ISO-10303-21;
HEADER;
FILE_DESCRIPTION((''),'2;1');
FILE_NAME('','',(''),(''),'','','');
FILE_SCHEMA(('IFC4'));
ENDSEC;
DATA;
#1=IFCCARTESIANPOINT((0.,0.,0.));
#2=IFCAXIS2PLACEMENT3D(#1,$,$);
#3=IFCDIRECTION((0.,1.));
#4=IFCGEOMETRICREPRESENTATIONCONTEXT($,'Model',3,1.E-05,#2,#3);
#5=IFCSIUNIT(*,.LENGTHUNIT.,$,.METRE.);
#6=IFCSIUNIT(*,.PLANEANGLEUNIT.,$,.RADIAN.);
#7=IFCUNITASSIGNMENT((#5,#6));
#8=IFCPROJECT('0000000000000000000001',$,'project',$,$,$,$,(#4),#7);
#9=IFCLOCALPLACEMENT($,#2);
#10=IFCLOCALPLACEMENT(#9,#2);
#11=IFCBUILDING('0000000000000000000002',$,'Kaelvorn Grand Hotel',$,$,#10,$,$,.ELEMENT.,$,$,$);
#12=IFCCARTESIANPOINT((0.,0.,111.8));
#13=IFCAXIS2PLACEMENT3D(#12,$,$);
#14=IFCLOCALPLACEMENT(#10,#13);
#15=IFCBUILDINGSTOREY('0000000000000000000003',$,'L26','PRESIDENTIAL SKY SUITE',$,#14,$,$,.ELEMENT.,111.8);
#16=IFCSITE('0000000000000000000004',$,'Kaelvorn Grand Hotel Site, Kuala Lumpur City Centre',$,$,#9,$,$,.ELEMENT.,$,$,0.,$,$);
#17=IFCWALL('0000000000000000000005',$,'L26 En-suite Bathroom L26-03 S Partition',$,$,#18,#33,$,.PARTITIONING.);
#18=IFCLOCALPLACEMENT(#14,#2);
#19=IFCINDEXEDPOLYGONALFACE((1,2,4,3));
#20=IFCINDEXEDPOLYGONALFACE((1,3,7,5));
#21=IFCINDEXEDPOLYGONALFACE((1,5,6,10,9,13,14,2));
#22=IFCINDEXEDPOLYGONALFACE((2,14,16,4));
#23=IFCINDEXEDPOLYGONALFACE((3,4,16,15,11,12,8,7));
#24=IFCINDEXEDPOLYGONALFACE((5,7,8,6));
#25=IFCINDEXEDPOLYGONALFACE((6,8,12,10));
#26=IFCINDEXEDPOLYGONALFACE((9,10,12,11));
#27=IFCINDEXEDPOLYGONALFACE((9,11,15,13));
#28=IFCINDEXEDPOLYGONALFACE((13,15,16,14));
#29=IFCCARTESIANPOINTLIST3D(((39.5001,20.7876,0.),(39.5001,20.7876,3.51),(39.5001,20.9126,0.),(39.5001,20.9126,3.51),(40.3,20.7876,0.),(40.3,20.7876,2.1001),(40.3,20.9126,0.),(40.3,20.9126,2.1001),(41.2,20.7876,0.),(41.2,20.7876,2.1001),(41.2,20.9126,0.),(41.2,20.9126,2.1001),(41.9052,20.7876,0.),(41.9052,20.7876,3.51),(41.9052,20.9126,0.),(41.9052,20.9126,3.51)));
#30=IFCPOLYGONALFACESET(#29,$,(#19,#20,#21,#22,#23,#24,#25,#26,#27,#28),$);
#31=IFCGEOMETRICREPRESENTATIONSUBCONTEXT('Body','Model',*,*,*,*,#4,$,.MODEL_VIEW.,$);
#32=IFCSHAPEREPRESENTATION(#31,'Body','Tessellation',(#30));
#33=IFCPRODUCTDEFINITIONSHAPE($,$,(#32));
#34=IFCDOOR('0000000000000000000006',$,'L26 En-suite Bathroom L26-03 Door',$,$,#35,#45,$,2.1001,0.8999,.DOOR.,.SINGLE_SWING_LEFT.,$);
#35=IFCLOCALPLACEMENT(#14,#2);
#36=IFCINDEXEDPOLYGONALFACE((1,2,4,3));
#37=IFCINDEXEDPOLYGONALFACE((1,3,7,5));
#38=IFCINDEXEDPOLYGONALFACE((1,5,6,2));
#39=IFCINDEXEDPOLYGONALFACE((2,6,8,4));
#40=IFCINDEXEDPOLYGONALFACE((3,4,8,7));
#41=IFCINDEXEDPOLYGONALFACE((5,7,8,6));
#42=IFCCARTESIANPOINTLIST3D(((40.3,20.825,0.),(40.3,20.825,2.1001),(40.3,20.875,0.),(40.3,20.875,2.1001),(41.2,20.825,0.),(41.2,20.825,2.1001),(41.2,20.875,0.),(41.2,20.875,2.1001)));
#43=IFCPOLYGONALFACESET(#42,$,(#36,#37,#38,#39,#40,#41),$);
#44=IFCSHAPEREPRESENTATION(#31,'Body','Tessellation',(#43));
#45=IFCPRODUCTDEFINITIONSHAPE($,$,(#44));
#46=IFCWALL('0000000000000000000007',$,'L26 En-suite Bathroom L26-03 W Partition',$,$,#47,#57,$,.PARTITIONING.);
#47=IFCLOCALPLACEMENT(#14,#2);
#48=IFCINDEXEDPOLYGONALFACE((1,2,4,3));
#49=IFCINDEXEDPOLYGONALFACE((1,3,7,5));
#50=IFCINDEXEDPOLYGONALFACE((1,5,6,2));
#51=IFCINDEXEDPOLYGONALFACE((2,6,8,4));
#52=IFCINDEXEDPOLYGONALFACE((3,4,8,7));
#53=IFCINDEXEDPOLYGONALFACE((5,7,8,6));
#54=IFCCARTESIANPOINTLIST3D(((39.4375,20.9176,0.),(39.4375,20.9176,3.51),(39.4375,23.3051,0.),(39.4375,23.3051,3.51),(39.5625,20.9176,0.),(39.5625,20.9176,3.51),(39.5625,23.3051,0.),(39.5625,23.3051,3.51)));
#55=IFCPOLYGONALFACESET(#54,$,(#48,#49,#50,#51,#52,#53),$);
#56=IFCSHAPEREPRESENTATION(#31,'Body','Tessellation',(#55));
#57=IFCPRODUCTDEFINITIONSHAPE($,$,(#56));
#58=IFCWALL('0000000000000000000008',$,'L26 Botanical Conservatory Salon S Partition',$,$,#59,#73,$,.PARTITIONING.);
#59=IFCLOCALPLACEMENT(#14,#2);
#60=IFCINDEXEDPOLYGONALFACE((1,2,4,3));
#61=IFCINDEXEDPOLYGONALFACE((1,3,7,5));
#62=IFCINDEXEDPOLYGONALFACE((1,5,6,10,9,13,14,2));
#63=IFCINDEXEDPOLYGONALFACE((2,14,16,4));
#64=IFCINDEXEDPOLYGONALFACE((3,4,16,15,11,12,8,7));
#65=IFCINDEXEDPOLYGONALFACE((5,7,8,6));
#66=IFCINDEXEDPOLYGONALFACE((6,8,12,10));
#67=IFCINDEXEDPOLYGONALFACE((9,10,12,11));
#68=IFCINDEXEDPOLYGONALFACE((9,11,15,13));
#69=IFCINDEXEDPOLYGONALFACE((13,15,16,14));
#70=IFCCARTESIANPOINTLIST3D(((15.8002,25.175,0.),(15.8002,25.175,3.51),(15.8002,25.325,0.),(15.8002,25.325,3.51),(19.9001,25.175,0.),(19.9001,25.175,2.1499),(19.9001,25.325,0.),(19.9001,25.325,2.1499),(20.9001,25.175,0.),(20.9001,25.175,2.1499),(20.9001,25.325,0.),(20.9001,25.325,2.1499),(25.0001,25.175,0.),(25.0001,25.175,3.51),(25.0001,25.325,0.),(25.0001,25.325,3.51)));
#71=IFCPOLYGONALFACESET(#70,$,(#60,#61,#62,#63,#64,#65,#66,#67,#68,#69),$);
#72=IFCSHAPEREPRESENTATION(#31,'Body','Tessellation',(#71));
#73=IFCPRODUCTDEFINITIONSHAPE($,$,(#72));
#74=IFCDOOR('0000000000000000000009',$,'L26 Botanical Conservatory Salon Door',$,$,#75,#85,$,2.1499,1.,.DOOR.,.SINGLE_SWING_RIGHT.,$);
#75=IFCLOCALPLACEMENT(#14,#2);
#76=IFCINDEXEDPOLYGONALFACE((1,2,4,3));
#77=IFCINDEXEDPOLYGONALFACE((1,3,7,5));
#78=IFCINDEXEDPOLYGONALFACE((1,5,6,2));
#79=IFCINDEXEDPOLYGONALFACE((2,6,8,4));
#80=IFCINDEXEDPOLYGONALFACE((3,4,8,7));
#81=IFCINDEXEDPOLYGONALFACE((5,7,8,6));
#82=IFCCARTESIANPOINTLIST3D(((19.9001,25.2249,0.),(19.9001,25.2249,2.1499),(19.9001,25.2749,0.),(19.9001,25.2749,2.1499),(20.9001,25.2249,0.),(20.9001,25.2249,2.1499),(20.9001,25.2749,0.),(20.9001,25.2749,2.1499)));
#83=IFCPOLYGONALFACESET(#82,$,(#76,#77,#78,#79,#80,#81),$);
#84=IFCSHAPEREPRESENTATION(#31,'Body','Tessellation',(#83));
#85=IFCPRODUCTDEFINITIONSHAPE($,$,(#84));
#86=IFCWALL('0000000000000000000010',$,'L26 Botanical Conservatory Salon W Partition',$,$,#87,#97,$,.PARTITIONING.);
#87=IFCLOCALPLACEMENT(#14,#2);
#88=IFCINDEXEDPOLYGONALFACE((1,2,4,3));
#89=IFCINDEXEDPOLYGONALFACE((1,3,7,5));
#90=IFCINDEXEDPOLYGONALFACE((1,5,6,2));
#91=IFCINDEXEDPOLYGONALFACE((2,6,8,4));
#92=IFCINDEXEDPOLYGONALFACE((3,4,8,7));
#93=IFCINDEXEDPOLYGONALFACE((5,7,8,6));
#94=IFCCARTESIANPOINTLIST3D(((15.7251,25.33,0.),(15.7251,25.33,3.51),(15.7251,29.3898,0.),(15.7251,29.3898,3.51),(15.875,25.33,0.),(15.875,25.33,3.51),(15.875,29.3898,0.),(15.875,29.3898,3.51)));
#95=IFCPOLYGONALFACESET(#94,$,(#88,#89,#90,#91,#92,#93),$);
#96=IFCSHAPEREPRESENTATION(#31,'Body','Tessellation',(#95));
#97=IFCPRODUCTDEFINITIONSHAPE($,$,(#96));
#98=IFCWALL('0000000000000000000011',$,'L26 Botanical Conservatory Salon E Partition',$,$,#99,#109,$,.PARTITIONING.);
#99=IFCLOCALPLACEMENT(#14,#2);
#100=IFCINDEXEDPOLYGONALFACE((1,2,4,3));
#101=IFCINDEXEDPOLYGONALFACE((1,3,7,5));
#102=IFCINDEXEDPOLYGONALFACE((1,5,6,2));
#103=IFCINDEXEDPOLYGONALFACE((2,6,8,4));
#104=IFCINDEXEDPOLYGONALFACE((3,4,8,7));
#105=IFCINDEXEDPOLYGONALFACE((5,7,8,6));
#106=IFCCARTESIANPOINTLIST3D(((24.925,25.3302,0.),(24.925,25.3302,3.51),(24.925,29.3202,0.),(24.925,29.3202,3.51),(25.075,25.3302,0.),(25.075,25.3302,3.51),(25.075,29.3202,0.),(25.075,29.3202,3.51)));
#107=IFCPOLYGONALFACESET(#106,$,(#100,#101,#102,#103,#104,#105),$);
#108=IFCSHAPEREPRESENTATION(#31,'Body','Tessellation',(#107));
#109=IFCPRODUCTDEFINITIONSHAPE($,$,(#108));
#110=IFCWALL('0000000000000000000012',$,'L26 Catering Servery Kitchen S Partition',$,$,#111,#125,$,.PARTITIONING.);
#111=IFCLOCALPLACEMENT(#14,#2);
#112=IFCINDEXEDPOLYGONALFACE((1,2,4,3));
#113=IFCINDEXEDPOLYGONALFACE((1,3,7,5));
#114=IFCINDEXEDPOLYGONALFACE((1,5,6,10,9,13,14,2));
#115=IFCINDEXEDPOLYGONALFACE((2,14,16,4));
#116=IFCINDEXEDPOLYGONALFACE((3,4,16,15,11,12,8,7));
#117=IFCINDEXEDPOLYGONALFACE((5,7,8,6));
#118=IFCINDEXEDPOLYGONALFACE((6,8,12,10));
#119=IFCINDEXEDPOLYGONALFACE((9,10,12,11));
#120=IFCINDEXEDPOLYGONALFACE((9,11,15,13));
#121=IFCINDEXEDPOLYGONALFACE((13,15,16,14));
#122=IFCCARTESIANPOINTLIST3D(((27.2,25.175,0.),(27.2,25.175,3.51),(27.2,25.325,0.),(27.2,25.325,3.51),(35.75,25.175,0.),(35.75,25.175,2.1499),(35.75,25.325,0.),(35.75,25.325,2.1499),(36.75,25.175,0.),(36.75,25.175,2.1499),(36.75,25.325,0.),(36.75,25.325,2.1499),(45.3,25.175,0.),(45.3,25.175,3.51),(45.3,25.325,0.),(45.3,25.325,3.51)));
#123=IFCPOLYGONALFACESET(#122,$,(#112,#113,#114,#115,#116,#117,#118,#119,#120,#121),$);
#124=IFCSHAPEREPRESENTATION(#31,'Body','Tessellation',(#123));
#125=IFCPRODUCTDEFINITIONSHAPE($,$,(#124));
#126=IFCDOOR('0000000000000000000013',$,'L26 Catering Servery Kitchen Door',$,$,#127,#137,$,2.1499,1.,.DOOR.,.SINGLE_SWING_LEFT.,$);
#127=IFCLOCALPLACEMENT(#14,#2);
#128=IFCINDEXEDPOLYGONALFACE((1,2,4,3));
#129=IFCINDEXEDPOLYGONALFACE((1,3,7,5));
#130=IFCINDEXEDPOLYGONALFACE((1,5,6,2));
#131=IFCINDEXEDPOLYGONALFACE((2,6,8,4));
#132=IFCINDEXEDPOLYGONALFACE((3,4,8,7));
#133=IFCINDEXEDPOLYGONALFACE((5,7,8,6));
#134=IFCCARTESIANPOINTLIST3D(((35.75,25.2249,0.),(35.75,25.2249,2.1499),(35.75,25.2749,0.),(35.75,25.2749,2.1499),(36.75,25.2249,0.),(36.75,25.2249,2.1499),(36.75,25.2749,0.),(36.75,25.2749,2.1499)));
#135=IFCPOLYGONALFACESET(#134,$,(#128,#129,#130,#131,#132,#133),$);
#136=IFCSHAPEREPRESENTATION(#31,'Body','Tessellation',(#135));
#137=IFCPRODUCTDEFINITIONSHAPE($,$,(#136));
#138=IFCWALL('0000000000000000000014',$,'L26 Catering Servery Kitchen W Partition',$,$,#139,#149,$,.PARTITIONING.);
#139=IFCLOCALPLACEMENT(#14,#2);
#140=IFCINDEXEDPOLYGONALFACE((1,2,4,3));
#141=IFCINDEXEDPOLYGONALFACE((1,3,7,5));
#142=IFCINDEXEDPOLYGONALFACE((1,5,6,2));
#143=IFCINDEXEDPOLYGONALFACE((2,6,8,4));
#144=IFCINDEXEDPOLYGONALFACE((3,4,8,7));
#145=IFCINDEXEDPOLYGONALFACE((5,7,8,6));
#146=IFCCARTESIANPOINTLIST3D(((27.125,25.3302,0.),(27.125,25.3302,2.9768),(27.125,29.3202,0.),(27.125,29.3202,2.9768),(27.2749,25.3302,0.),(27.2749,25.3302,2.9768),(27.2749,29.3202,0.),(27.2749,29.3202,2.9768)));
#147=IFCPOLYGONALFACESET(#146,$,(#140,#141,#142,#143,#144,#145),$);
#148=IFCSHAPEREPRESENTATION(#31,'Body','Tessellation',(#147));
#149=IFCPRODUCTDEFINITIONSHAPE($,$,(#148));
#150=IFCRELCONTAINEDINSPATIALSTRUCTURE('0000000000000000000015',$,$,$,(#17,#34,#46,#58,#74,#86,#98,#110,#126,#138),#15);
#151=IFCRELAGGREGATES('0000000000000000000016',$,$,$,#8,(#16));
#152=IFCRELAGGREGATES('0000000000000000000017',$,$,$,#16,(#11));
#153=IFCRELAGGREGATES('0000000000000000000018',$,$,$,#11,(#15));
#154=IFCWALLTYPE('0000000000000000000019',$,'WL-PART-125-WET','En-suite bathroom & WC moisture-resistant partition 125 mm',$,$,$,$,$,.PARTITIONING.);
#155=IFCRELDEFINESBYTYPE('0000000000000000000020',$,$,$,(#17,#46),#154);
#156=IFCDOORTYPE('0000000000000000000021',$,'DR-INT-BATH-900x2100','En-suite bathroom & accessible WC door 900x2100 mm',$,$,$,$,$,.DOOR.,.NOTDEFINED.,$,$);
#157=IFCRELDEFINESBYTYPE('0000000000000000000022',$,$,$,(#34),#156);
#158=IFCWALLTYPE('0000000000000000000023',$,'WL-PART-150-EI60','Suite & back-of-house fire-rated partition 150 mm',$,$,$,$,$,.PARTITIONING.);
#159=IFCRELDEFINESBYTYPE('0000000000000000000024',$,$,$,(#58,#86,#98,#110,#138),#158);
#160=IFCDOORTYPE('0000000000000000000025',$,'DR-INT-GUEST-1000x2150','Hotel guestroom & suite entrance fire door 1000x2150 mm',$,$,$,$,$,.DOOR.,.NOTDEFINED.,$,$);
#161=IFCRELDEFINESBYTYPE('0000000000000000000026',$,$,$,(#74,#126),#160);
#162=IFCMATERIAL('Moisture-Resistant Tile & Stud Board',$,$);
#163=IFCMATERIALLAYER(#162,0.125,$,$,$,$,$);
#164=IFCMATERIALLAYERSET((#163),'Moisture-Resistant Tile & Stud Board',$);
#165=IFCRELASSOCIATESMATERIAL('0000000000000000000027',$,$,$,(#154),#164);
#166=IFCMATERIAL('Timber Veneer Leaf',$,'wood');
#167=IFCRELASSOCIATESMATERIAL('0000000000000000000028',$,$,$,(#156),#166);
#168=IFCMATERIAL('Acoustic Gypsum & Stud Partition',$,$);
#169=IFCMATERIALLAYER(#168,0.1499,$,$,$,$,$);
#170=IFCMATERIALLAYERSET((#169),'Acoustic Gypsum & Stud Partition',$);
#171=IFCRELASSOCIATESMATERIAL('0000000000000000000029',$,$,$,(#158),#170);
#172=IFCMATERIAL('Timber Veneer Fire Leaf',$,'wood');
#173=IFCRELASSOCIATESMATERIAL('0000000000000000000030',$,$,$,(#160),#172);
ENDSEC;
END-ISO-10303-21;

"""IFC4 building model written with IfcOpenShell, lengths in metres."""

from ifc_helpers import new_model, si_unit, direction, frame, frame_2d, origin, place, context, subcontext, project, spatial, rectangle, extrude, material, layer, layer_set, type_object, element, fill, save


model = new_model("IFC4")

# Units and contexts
model_context = context("Model", 3, precision=1e-05, world=origin(), true_north=direction((0.0, 1.0)))
body_context = subcontext(model_context, "Body", "Model", "MODEL_VIEW")
ifc_project = project(units=[si_unit("LENGTHUNIT", "METRE"), si_unit("PLANEANGLEUNIT", "RADIAN")], contexts=[model_context])

# Site, building, storey
site_placement = place(None, origin())
site = spatial("IfcSite", under=ifc_project, at=site_placement, Name="Kaelvorn Grand Hotel Site, Kuala Lumpur City Centre", CompositionType="ELEMENT", RefElevation=0.0)
building_placement = place(site_placement, origin())
building = spatial("IfcBuilding", under=site, at=building_placement, Name="Kaelvorn Grand Hotel", CompositionType="ELEMENT")
storey_placement = place(building_placement, frame((0.0, 0.0, 111.8)))
storey = spatial("IfcBuildingStorey", under=building, at=storey_placement, Name="L26", Description="PRESIDENTIAL SKY SUITE", CompositionType="ELEMENT", Elevation=111.8)

# Shared definitions
ifc_material_1 = material(Name="Moisture-Resistant Tile & Stud Board")
ifc_layer_1 = layer(ifc_material_1, 0.125)
ifc_layer_set_1 = layer_set([ifc_layer_1], Name="Moisture-Resistant Tile & Stud Board")
wall_type_1 = type_object("IfcWallType", Name="WL-PART-125-WET", Description="En-suite bathroom & WC moisture-resistant partition 125 mm", PredefinedType="PARTITIONING", material=ifc_layer_set_1)
ifc_material_2 = material(Name="Timber Veneer Leaf", Category="wood")
door_type_1 = type_object("IfcDoorType", Name="DR-INT-BATH-900x2100", Description="En-suite bathroom & accessible WC door 900x2100 mm", OperationType="NOTDEFINED", PredefinedType="DOOR", material=ifc_material_2)

# Wall, opening, door
wall_1_placement = place(storey_placement, frame((39.5, 20.8501, 0.0), z_axis=(0.0, 0.0, 1.0), x_axis=(1.0, 0.0, 0.0)))
wall_1 = element("IfcWall", 1, at=wall_1_placement, inside=storey, type_object=wall_type_1, Name="L26 En-suite Bathroom L26-03 S Partition", PredefinedType="PARTITIONING", context=body_context, shape_type="SweptSolid", body=[
    extrude(rectangle(XDim=2.405, YDim=0.125, at=frame_2d((1.2026, 0.0))), origin(), (0.0, 0.0, 1.0), 3.51),
])
opening_1_placement = place(wall_1_placement, frame((0.8, 0.0, 0.0)))
opening_1 = element("IfcOpeningElement", 2, at=opening_1_placement, cuts=wall_1, PredefinedType="OPENING", context=body_context, shape_type="SweptSolid", body=[
    extrude(rectangle(XDim=0.8999, YDim=2.1001, at=frame_2d((0.45, 1.05))), frame((0.0, 0.0725, 0.0), z_axis=(0.0, -1.0, 0.0), x_axis=(1.0, 0.0, 0.0)), (0.0, 0.0, 1.0), 0.145),
])
door_1_placement = place(opening_1_placement, origin())
door_1 = element("IfcDoor", 3, at=door_1_placement, inside=storey, type_object=door_type_1, Name="L26 En-suite Bathroom L26-03 Door", OperationType="SINGLE_SWING_LEFT", OverallHeight=2.1001, OverallWidth=0.8999, PredefinedType="DOOR", context=body_context, shape_type="SweptSolid", body=[
    extrude(rectangle(XDim=0.8999, YDim=2.1001, at=frame_2d((0.45, 1.05))), frame((0.0, 0.0249, 0.0), z_axis=(0.0, -1.0, 0.0), x_axis=(1.0, 0.0, 0.0)), (0.0, 0.0, 1.0), 0.05),
])
fill(opening_1, door_1)

# Wall
wall_2_placement = place(storey_placement, frame((39.5, 20.9175, 0.0), z_axis=(0.0, 0.0, 1.0), x_axis=(0.0, 1.0, 0.0)))
element("IfcWall", 4, at=wall_2_placement, inside=storey, type_object=wall_type_1, Name="L26 En-suite Bathroom L26-03 W Partition", PredefinedType="PARTITIONING", context=body_context, shape_type="SweptSolid", body=[
    extrude(rectangle(XDim=2.3875, YDim=0.125, at=frame_2d((1.1938, 0.0))), origin(), (0.0, 0.0, 1.0), 3.51),
])

# Wall, opening, door
ifc_material_3 = material(Name="Acoustic Gypsum & Stud Partition")
ifc_layer_2 = layer(ifc_material_3, 0.1499)
ifc_layer_set_2 = layer_set([ifc_layer_2], Name="Acoustic Gypsum & Stud Partition")
wall_type_2 = type_object("IfcWallType", Name="WL-PART-150-EI60", Description="Suite & back-of-house fire-rated partition 150 mm", PredefinedType="PARTITIONING", material=ifc_layer_set_2)
wall_3_placement = place(storey_placement, frame((15.8, 25.25, 0.0), z_axis=(0.0, 0.0, 1.0), x_axis=(1.0, 0.0, 0.0)))
wall_3 = element("IfcWall", 5, at=wall_3_placement, inside=storey, type_object=wall_type_2, Name="L26 Botanical Conservatory Salon S Partition", PredefinedType="PARTITIONING", context=body_context, shape_type="SweptSolid", body=[
    extrude(rectangle(XDim=9.2, YDim=0.1499, at=frame_2d((4.6001, 0.0))), origin(), (0.0, 0.0, 1.0), 3.51),
])
opening_2_placement = place(wall_3_placement, frame((4.1001, 0.0, 0.0)))
opening_2 = element("IfcOpeningElement", 6, at=opening_2_placement, cuts=wall_3, PredefinedType="OPENING", context=body_context, shape_type="SweptSolid", body=[
    extrude(rectangle(XDim=1.0, YDim=2.1499, at=frame_2d((0.5, 1.075))), frame((0.0, 0.085, 0.0), z_axis=(0.0, -1.0, 0.0), x_axis=(1.0, 0.0, 0.0)), (0.0, 0.0, 1.0), 0.1699),
])
ifc_material_4 = material(Name="Timber Veneer Fire Leaf", Category="wood")
door_type_2 = type_object("IfcDoorType", Name="DR-INT-GUEST-1000x2150", Description="Hotel guestroom & suite entrance fire door 1000x2150 mm", OperationType="NOTDEFINED", PredefinedType="DOOR", material=ifc_material_4)
door_2_placement = place(opening_2_placement, origin())
door_2 = element("IfcDoor", 7, at=door_2_placement, inside=storey, type_object=door_type_2, Name="L26 Botanical Conservatory Salon Door", OperationType="SINGLE_SWING_RIGHT", OverallHeight=2.1499, OverallWidth=1.0, PredefinedType="DOOR", context=body_context, shape_type="SweptSolid", body=[
    extrude(rectangle(XDim=1.0, YDim=2.1499, at=frame_2d((0.5, 1.075))), frame((0.0, 0.0249, 0.0), z_axis=(0.0, -1.0, 0.0), x_axis=(1.0, 0.0, 0.0)), (0.0, 0.0, 1.0), 0.05),
])
fill(opening_2, door_2)

# Walls
wall_4_placement = place(storey_placement, frame((15.8, 25.3301, 0.0), z_axis=(0.0, 0.0, 1.0), x_axis=(0.0, 1.0, 0.0)))
element("IfcWall", 8, at=wall_4_placement, inside=storey, type_object=wall_type_2, Name="L26 Botanical Conservatory Salon W Partition", PredefinedType="PARTITIONING", context=body_context, shape_type="SweptSolid", body=[
    extrude(rectangle(XDim=4.0598, YDim=0.1499, at=frame_2d((2.0298, 0.0))), origin(), (0.0, 0.0, 1.0), 3.51),
])
wall_5_placement = place(storey_placement, frame((25.0, 25.3301, 0.0), z_axis=(0.0, 0.0, 1.0), x_axis=(0.0, 1.0, 0.0)))
element("IfcWall", 9, at=wall_5_placement, inside=storey, type_object=wall_type_2, Name="L26 Botanical Conservatory Salon E Partition", PredefinedType="PARTITIONING", context=body_context, shape_type="SweptSolid", body=[
    extrude(rectangle(XDim=3.99, YDim=0.1499, at=frame_2d((1.9951, 0.0))), origin(), (0.0, 0.0, 1.0), 3.51),
])

# Wall, opening, door
wall_6_placement = place(storey_placement, frame((27.2, 25.25, 0.0), z_axis=(0.0, 0.0, 1.0), x_axis=(1.0, 0.0, 0.0)))
wall_6 = element("IfcWall", 10, at=wall_6_placement, inside=storey, type_object=wall_type_2, Name="L26 Catering Servery Kitchen S Partition", PredefinedType="PARTITIONING", context=body_context, shape_type="SweptSolid", body=[
    extrude(rectangle(XDim=18.1001, YDim=0.1499, at=frame_2d((9.05, 0.0))), origin(), (0.0, 0.0, 1.0), 3.51),
])
opening_3_placement = place(wall_6_placement, frame((8.55, 0.0, 0.0)))
opening_3 = element("IfcOpeningElement", 11, at=opening_3_placement, cuts=wall_6, PredefinedType="OPENING", context=body_context, shape_type="SweptSolid", body=[
    extrude(rectangle(XDim=1.0, YDim=2.1499, at=frame_2d((0.5, 1.075))), frame((0.0, 0.085, 0.0), z_axis=(0.0, -1.0, 0.0), x_axis=(1.0, 0.0, 0.0)), (0.0, 0.0, 1.0), 0.1699),
])
door_3_placement = place(opening_3_placement, origin())
door_3 = element("IfcDoor", 12, at=door_3_placement, inside=storey, type_object=door_type_2, Name="L26 Catering Servery Kitchen Door", OperationType="SINGLE_SWING_LEFT", OverallHeight=2.1499, OverallWidth=1.0, PredefinedType="DOOR", context=body_context, shape_type="SweptSolid", body=[
    extrude(rectangle(XDim=1.0, YDim=2.1499, at=frame_2d((0.5, 1.075))), frame((0.0, 0.0249, 0.0), z_axis=(0.0, -1.0, 0.0), x_axis=(1.0, 0.0, 0.0)), (0.0, 0.0, 1.0), 0.05),
])
fill(opening_3, door_3)

# Wall
wall_7_placement = place(storey_placement, frame((27.2, 25.3301, 0.0), z_axis=(0.0, 0.0, 1.0), x_axis=(0.0, 1.0, 0.0)))
element("IfcWall", 13, at=wall_7_placement, inside=storey, type_object=wall_type_2, Name="L26 Catering Servery Kitchen W Partition", PredefinedType="PARTITIONING", context=body_context, shape_type="SweptSolid", body=[
    extrude(rectangle(XDim=3.99, YDim=0.1499, at=frame_2d((1.9951, 0.0))), origin(), (0.0, 0.0, 1.0), 2.9768),
])

save(model, "model.ifc")
